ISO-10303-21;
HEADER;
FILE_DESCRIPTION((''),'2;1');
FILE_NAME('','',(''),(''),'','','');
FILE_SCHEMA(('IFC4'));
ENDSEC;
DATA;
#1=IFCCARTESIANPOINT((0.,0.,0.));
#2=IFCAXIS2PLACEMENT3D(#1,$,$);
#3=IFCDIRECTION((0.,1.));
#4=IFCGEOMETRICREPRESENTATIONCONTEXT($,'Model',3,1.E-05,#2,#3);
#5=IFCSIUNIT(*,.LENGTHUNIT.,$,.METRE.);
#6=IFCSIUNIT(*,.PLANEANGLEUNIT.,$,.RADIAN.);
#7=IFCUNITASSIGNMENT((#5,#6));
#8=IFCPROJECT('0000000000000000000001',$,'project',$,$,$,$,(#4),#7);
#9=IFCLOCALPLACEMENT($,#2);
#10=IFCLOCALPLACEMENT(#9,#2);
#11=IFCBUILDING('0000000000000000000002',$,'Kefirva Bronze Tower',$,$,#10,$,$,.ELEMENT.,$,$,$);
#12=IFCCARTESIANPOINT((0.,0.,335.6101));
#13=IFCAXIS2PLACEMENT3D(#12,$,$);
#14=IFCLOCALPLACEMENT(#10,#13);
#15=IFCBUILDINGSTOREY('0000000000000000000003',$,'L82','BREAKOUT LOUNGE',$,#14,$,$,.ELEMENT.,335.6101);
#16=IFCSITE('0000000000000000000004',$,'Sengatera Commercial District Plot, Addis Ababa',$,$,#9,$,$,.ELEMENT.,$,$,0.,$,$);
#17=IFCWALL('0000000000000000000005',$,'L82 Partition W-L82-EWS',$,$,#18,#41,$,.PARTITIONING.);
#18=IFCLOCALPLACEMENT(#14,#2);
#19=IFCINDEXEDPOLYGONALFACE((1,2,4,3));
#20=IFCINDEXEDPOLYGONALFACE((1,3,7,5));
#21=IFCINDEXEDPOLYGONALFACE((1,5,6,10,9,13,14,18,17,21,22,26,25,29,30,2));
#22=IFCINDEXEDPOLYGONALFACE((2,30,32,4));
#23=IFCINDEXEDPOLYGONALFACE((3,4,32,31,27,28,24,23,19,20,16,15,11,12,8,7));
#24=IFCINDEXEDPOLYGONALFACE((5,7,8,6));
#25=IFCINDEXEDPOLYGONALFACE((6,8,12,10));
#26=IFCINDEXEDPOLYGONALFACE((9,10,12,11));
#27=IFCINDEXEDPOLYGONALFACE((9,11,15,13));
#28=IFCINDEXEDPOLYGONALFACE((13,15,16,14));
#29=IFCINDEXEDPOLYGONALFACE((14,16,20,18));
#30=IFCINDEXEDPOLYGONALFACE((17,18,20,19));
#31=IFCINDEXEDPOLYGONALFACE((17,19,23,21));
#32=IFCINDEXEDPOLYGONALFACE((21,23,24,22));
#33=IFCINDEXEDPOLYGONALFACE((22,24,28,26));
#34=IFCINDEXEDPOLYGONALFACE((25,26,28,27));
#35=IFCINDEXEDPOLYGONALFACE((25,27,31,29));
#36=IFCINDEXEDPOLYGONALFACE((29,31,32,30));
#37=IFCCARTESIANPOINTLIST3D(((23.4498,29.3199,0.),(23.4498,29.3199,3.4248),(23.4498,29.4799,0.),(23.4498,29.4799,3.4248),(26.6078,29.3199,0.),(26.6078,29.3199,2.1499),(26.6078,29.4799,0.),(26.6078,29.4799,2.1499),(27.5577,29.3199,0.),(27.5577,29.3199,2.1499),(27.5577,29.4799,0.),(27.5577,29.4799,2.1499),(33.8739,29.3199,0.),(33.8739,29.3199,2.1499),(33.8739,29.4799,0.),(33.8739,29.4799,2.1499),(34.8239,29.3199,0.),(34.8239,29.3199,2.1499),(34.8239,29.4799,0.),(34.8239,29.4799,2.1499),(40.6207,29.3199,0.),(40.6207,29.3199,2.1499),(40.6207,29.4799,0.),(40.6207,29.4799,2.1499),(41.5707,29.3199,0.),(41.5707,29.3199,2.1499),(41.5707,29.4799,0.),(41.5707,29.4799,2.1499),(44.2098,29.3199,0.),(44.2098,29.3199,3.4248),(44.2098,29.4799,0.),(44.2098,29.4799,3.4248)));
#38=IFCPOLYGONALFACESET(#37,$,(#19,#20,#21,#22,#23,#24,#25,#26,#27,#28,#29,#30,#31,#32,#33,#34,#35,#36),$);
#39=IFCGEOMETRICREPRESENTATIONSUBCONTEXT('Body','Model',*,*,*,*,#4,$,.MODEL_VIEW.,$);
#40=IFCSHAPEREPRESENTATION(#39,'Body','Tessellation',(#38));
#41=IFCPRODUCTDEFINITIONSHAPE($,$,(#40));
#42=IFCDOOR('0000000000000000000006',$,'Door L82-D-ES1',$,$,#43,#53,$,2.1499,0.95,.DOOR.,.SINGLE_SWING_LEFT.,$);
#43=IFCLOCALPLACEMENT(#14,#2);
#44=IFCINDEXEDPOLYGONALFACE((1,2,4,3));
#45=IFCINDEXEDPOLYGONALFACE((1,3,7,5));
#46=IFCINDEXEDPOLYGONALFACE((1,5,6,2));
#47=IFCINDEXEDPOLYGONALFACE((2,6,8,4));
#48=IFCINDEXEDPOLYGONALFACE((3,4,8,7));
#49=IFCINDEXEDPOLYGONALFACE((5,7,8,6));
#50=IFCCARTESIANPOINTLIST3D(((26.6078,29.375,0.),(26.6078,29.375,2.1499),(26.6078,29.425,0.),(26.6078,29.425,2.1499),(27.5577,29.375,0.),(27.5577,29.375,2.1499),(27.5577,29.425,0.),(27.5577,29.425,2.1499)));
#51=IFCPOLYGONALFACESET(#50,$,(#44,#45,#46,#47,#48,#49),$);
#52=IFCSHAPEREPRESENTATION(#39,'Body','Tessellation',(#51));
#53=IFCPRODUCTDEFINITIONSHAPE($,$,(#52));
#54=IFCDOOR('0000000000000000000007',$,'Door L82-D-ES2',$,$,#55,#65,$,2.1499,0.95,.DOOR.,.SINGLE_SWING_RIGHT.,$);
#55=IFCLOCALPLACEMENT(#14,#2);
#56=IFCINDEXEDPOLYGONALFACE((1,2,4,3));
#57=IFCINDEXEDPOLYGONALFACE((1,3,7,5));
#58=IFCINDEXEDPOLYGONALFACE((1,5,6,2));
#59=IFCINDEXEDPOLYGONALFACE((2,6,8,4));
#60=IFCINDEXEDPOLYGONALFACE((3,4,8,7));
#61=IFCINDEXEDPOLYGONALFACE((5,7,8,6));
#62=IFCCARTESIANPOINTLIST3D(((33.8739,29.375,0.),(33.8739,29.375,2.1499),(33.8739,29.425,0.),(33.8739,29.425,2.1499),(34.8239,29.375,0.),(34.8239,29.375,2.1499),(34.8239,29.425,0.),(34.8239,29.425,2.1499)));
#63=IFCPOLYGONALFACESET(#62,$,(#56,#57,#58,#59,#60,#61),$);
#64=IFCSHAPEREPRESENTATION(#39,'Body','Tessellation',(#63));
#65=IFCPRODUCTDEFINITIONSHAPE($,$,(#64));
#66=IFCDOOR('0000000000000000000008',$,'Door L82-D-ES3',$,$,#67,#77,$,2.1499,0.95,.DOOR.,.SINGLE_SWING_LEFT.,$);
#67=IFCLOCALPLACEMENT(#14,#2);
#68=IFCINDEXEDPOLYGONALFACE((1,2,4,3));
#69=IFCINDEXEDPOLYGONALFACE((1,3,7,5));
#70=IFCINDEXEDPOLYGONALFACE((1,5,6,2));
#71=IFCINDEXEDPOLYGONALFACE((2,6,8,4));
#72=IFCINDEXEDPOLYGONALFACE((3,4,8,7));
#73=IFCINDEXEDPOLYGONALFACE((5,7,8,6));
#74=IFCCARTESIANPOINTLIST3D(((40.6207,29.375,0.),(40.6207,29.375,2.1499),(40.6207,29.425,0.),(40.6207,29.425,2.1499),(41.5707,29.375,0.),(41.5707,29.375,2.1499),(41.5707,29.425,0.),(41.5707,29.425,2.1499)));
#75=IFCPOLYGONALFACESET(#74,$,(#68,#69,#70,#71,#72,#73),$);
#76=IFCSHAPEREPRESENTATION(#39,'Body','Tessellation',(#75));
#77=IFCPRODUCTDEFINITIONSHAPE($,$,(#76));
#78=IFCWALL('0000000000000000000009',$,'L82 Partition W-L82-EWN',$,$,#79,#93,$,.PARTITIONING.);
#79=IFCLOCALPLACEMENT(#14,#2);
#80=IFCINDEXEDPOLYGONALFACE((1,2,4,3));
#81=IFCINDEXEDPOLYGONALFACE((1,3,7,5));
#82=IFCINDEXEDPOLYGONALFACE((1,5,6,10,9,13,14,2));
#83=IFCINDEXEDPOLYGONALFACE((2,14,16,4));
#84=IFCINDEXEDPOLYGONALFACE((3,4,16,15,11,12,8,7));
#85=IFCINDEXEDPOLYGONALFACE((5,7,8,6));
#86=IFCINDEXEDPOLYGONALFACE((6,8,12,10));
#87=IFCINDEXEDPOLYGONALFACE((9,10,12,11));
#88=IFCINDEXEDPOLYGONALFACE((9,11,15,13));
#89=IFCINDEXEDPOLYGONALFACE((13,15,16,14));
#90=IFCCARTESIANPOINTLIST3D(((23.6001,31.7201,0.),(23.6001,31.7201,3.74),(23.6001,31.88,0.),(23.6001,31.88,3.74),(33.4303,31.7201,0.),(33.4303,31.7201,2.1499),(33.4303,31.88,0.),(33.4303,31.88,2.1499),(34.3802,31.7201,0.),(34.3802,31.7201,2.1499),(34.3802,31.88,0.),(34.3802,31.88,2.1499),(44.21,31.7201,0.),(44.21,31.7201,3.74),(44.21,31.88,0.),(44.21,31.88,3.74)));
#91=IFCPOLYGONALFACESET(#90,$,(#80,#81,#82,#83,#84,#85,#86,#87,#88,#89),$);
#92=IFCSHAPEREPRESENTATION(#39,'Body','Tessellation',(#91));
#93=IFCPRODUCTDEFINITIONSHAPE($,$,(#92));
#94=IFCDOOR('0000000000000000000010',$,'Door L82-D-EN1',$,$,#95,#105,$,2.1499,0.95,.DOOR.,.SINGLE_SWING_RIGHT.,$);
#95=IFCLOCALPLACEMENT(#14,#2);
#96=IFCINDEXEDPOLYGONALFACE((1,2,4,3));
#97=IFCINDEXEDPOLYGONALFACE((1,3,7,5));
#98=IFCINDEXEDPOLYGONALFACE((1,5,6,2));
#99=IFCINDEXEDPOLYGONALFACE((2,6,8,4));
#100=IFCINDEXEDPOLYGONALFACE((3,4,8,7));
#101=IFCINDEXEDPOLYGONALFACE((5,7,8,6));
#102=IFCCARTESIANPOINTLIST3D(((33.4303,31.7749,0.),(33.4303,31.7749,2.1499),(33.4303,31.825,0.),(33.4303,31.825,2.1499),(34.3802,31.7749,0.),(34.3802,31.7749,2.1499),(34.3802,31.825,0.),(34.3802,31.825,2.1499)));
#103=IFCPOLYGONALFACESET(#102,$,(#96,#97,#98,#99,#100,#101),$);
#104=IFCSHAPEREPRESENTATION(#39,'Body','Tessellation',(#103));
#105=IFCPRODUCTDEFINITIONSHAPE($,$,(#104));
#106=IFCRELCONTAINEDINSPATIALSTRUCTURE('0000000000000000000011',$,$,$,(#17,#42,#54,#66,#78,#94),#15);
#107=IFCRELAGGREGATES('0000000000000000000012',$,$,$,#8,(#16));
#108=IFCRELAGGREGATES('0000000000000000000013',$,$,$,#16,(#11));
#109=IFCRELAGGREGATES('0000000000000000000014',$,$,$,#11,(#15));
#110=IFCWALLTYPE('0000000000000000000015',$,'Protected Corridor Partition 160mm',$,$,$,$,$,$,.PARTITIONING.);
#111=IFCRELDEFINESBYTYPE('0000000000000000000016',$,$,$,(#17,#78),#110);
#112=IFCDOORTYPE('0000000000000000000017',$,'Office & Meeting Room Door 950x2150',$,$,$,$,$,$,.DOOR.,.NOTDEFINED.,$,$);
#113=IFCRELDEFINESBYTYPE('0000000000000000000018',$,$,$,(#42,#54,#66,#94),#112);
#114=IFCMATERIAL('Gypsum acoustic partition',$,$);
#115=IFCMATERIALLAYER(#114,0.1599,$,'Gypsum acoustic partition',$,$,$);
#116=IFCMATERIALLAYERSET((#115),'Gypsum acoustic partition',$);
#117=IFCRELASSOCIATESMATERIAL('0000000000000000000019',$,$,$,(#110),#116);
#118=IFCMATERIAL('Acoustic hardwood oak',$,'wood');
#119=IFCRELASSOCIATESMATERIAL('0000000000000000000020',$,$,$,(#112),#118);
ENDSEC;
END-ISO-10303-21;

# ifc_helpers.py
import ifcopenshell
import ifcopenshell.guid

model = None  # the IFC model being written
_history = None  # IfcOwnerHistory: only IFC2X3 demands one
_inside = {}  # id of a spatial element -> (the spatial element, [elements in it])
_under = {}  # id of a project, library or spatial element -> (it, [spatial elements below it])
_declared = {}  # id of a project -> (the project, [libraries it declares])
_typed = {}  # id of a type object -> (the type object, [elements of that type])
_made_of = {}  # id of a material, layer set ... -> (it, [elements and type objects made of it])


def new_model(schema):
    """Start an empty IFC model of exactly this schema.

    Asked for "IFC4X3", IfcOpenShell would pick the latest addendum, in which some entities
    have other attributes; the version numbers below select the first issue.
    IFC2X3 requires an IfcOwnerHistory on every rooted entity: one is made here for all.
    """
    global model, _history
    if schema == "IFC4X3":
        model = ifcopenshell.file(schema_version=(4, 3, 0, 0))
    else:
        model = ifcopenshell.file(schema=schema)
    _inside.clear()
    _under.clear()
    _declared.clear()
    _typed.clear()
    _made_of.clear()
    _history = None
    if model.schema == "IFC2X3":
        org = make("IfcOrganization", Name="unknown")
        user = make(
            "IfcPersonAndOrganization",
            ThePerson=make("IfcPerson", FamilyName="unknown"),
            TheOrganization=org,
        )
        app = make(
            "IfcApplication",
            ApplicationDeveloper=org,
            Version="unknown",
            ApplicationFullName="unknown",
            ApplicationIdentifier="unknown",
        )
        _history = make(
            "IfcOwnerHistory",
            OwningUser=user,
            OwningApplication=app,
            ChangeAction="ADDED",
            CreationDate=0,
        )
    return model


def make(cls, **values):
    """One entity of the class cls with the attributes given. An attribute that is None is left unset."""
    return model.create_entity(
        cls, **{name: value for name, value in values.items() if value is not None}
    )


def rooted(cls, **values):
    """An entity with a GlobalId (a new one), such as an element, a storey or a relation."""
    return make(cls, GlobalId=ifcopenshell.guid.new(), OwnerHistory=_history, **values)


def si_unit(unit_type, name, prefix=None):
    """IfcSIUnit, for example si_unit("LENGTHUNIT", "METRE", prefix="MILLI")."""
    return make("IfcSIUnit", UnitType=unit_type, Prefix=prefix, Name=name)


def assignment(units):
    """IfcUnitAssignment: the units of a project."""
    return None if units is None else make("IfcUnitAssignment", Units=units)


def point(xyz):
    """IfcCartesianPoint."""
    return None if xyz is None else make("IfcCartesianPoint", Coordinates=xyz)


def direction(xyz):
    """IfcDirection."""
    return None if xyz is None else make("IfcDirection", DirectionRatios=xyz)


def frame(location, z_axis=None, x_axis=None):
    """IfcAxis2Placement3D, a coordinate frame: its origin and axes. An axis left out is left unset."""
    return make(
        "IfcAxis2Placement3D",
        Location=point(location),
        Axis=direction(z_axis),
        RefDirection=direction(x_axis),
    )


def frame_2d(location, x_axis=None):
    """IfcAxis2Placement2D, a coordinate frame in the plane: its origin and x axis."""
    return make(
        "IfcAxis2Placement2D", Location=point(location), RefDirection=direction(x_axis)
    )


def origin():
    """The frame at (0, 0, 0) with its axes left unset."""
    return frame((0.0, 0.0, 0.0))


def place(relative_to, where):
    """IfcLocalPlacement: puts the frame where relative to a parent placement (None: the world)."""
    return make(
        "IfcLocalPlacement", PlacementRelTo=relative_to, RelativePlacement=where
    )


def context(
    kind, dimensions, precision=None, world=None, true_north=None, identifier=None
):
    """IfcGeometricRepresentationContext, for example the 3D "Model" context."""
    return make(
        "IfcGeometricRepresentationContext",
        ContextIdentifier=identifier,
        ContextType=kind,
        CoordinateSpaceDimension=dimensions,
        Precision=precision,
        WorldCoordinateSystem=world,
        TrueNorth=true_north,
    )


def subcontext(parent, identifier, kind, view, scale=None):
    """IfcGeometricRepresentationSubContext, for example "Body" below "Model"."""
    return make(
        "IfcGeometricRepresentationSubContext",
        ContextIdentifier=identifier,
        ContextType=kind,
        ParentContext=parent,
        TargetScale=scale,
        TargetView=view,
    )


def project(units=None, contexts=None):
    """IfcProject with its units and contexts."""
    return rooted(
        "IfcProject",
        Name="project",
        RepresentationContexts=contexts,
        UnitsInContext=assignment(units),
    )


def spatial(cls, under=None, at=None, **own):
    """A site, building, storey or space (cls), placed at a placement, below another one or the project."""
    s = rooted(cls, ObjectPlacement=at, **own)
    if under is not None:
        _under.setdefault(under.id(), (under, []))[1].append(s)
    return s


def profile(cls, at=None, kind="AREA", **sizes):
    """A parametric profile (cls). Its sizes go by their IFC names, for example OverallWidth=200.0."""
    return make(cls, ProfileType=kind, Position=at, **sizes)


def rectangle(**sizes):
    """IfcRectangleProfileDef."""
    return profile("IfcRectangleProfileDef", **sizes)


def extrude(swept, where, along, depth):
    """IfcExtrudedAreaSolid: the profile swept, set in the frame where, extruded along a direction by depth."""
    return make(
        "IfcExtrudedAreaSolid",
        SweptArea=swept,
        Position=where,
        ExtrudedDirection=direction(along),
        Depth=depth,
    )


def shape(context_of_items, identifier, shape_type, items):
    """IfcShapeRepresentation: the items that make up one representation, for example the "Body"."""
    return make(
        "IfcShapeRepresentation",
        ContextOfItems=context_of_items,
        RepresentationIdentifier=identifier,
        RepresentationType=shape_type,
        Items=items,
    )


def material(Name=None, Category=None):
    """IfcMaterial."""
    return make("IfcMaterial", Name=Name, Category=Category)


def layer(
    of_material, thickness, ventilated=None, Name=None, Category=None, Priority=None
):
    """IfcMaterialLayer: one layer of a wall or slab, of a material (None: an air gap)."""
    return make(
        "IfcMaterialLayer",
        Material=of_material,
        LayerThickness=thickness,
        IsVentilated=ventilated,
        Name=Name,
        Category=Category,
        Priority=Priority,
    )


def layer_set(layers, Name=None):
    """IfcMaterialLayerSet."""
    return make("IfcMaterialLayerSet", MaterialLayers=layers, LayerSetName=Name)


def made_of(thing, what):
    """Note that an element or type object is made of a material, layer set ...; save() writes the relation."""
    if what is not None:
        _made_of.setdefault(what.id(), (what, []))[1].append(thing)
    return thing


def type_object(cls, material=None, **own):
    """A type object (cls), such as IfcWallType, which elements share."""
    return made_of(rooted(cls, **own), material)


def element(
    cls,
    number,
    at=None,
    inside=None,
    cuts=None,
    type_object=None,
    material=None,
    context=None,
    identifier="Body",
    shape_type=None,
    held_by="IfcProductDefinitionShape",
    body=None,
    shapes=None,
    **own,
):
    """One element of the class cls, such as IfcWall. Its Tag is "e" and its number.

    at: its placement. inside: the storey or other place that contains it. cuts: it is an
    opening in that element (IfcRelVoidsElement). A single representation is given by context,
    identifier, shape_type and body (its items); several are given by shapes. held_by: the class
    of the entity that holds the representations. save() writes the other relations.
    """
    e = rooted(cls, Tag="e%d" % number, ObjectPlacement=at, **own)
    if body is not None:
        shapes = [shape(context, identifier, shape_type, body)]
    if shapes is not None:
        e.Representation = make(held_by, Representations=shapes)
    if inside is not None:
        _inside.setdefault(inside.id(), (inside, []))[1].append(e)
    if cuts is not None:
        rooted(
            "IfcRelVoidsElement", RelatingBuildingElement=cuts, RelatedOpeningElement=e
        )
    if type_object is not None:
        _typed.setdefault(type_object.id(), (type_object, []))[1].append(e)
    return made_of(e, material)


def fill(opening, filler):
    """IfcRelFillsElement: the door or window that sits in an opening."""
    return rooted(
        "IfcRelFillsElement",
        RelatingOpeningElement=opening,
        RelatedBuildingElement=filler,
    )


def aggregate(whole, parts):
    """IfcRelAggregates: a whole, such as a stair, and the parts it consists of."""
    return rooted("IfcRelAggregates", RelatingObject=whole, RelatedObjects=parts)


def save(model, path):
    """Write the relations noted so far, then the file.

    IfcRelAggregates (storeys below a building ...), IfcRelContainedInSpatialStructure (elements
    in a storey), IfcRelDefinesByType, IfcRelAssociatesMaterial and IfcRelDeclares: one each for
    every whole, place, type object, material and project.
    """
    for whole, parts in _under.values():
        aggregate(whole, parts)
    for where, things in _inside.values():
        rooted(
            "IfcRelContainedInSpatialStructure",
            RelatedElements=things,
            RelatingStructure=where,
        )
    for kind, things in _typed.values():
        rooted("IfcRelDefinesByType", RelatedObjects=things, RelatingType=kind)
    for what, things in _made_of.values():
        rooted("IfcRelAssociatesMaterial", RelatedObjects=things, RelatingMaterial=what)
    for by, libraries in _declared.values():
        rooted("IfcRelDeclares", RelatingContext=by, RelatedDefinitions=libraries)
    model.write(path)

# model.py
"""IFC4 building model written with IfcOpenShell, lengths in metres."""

from ifc_helpers import new_model, si_unit, direction, frame, frame_2d, origin, place, context, subcontext, project, spatial, rectangle, extrude, material, layer, layer_set, type_object, element, fill, save


model = new_model("IFC4")

# Units and contexts
model_context = context("Model", 3, precision=1e-05, world=origin(), true_north=direction((0.0, 1.0)))
body_context = subcontext(model_context, "Body", "Model", "MODEL_VIEW")
ifc_project = project(units=[si_unit("LENGTHUNIT", "METRE"), si_unit("PLANEANGLEUNIT", "RADIAN")], contexts=[model_context])

# Site, building, storey
site_placement = place(None, origin())
site = spatial("IfcSite", under=ifc_project, at=site_placement, Name="Sengatera Commercial District Plot, Addis Ababa", CompositionType="ELEMENT", RefElevation=0.0)
building_placement = place(site_placement, origin())
building = spatial("IfcBuilding", under=site, at=building_placement, Name="Kefirva Bronze Tower", CompositionType="ELEMENT")
storey_placement = place(building_placement, frame((0.0, 0.0, 335.6101)))
storey = spatial("IfcBuildingStorey", under=building, at=storey_placement, Name="L82", Description="BREAKOUT LOUNGE", CompositionType="ELEMENT", Elevation=335.6101)

# Wall, openings, doors
ifc_material_1 = material(Name="Gypsum acoustic partition")
ifc_layer = layer(ifc_material_1, 0.1599, Name="Gypsum acoustic partition")
ifc_layer_set = layer_set([ifc_layer], Name="Gypsum acoustic partition")
wall_type = type_object("IfcWallType", Name="Protected Corridor Partition 160mm", PredefinedType="PARTITIONING", material=ifc_layer_set)
wall_1_placement = place(storey_placement, frame((23.45, 29.3999, 0.0), z_axis=(0.0, 0.0, 1.0), x_axis=(1.0, 0.0, 0.0)))
wall_1 = element("IfcWall", 1, at=wall_1_placement, inside=storey, type_object=wall_type, Name="L82 Partition W-L82-EWS", PredefinedType="PARTITIONING", context=body_context, shape_type="SweptSolid", body=[
    extrude(rectangle(XDim=20.76, YDim=0.1599, at=frame_2d((10.3799, 0.0))), origin(), (0.0, 0.0, 1.0), 3.4248),
])
opening_1_placement = place(wall_1_placement, frame((4.1079, 0.0, 0.0), z_axis=(0.0, 0.0, 1.0), x_axis=(-1.0, 0.0, 0.0)))
opening_1 = element("IfcOpeningElement", 2, at=opening_1_placement, cuts=wall_1, PredefinedType="OPENING", context=body_context, shape_type="SweptSolid", body=[
    extrude(rectangle(XDim=0.95, YDim=2.1499, at=frame_2d((0.4751, 1.075))), frame((0.0, 0.0898, 0.0), z_axis=(0.0, -1.0, 0.0), x_axis=(1.0, 0.0, 0.0)), (0.0, 0.0, 1.0), 0.1799),
])
opening_2_placement = place(wall_1_placement, frame((11.374, 0.0, 0.0), z_axis=(0.0, 0.0, 1.0), x_axis=(-1.0, 0.0, 0.0)))
opening_2 = element("IfcOpeningElement", 3, at=opening_2_placement, cuts=wall_1, PredefinedType="OPENING", context=body_context, shape_type="SweptSolid", body=[
    extrude(rectangle(XDim=0.95, YDim=2.1499, at=frame_2d((0.4751, 1.075))), frame((0.0, 0.0898, 0.0), z_axis=(0.0, -1.0, 0.0), x_axis=(1.0, 0.0, 0.0)), (0.0, 0.0, 1.0), 0.1799),
])
opening_3_placement = place(wall_1_placement, frame((18.1208, 0.0, 0.0), z_axis=(0.0, 0.0, 1.0), x_axis=(-1.0, 0.0, 0.0)))
opening_3 = element("IfcOpeningElement", 4, at=opening_3_placement, cuts=wall_1, PredefinedType="OPENING", context=body_context, shape_type="SweptSolid", body=[
    extrude(rectangle(XDim=0.95, YDim=2.1499, at=frame_2d((0.4751, 1.075))), frame((0.0, 0.0898, 0.0), z_axis=(0.0, -1.0, 0.0), x_axis=(1.0, 0.0, 0.0)), (0.0, 0.0, 1.0), 0.1799),
])
ifc_material_2 = material(Name="Acoustic hardwood oak", Category="wood")
door_type = type_object("IfcDoorType", Name="Office & Meeting Room Door 950x2150", OperationType="NOTDEFINED", PredefinedType="DOOR", material=ifc_material_2)
door_1_placement = place(opening_1_placement, origin())
door_1 = element("IfcDoor", 5, at=door_1_placement, inside=storey, type_object=door_type, Name="Door L82-D-ES1", OperationType="SINGLE_SWING_LEFT", OverallHeight=2.1499, OverallWidth=0.95, PredefinedType="DOOR", context=body_context, shape_type="SweptSolid", body=[
    extrude(rectangle(XDim=0.95, YDim=2.1499, at=frame_2d((0.4751, 1.075))), frame((0.0, 0.0249, 0.0), z_axis=(0.0, -1.0, 0.0), x_axis=(1.0, 0.0, 0.0)), (0.0, 0.0, 1.0), 0.05),
])
fill(opening_1, door_1)
door_2_placement = place(opening_2_placement, origin())
door_2 = element("IfcDoor", 6, at=door_2_placement, inside=storey, type_object=door_type, Name="Door L82-D-ES2", OperationType="SINGLE_SWING_RIGHT", OverallHeight=2.1499, OverallWidth=0.95, PredefinedType="DOOR", context=body_context, shape_type="SweptSolid", body=[
    extrude(rectangle(XDim=0.95, YDim=2.1499, at=frame_2d((0.4751, 1.075))), frame((0.0, 0.0249, 0.0), z_axis=(0.0, -1.0, 0.0), x_axis=(1.0, 0.0, 0.0)), (0.0, 0.0, 1.0), 0.05),
])
fill(opening_2, door_2)
door_3_placement = place(opening_3_placement, origin())
door_3 = element("IfcDoor", 7, at=door_3_placement, inside=storey, type_object=door_type, Name="Door L82-D-ES3", OperationType="SINGLE_SWING_LEFT", OverallHeight=2.1499, OverallWidth=0.95, PredefinedType="DOOR", context=body_context, shape_type="SweptSolid", body=[
    extrude(rectangle(XDim=0.95, YDim=2.1499, at=frame_2d((0.4751, 1.075))), frame((0.0, 0.0249, 0.0), z_axis=(0.0, -1.0, 0.0), x_axis=(1.0, 0.0, 0.0)), (0.0, 0.0, 1.0), 0.05),
])
fill(opening_3, door_3)

# Wall, opening, door
wall_2_placement = place(storey_placement, frame((23.6001, 31.8, 0.0), z_axis=(0.0, 0.0, 1.0), x_axis=(1.0, 0.0, 0.0)))
wall_2 = element("IfcWall", 8, at=wall_2_placement, inside=storey, type_object=wall_type, Name="L82 Partition W-L82-EWN", PredefinedType="PARTITIONING", context=body_context, shape_type="SweptSolid", body=[
    extrude(rectangle(XDim=20.6099, YDim=0.1599, at=frame_2d((10.3049, 0.0))), origin(), (0.0, 0.0, 1.0), 3.74),
])
opening_4_placement = place(wall_2_placement, frame((9.8301, 0.0, 0.0)))
opening_4 = element("IfcOpeningElement", 9, at=opening_4_placement, cuts=wall_2, PredefinedType="OPENING", context=body_context, shape_type="SweptSolid", body=[
    extrude(rectangle(XDim=0.95, YDim=2.1499, at=frame_2d((0.4751, 1.075))), frame((0.0, 0.0898, 0.0), z_axis=(0.0, -1.0, 0.0), x_axis=(1.0, 0.0, 0.0)), (0.0, 0.0, 1.0), 0.1799),
])
door_4_placement = place(opening_4_placement, origin())
door_4 = element("IfcDoor", 10, at=door_4_placement, inside=storey, type_object=door_type, Name="Door L82-D-EN1", OperationType="SINGLE_SWING_RIGHT", OverallHeight=2.1499, OverallWidth=0.95, PredefinedType="DOOR", context=body_context, shape_type="SweptSolid", body=[
    extrude(rectangle(XDim=0.95, YDim=2.1499, at=frame_2d((0.4751, 1.075))), frame((0.0, 0.0249, 0.0), z_axis=(0.0, -1.0, 0.0), x_axis=(1.0, 0.0, 0.0)), (0.0, 0.0, 1.0), 0.05),
])
fill(opening_4, door_4)

save(model, "model.ifc")
